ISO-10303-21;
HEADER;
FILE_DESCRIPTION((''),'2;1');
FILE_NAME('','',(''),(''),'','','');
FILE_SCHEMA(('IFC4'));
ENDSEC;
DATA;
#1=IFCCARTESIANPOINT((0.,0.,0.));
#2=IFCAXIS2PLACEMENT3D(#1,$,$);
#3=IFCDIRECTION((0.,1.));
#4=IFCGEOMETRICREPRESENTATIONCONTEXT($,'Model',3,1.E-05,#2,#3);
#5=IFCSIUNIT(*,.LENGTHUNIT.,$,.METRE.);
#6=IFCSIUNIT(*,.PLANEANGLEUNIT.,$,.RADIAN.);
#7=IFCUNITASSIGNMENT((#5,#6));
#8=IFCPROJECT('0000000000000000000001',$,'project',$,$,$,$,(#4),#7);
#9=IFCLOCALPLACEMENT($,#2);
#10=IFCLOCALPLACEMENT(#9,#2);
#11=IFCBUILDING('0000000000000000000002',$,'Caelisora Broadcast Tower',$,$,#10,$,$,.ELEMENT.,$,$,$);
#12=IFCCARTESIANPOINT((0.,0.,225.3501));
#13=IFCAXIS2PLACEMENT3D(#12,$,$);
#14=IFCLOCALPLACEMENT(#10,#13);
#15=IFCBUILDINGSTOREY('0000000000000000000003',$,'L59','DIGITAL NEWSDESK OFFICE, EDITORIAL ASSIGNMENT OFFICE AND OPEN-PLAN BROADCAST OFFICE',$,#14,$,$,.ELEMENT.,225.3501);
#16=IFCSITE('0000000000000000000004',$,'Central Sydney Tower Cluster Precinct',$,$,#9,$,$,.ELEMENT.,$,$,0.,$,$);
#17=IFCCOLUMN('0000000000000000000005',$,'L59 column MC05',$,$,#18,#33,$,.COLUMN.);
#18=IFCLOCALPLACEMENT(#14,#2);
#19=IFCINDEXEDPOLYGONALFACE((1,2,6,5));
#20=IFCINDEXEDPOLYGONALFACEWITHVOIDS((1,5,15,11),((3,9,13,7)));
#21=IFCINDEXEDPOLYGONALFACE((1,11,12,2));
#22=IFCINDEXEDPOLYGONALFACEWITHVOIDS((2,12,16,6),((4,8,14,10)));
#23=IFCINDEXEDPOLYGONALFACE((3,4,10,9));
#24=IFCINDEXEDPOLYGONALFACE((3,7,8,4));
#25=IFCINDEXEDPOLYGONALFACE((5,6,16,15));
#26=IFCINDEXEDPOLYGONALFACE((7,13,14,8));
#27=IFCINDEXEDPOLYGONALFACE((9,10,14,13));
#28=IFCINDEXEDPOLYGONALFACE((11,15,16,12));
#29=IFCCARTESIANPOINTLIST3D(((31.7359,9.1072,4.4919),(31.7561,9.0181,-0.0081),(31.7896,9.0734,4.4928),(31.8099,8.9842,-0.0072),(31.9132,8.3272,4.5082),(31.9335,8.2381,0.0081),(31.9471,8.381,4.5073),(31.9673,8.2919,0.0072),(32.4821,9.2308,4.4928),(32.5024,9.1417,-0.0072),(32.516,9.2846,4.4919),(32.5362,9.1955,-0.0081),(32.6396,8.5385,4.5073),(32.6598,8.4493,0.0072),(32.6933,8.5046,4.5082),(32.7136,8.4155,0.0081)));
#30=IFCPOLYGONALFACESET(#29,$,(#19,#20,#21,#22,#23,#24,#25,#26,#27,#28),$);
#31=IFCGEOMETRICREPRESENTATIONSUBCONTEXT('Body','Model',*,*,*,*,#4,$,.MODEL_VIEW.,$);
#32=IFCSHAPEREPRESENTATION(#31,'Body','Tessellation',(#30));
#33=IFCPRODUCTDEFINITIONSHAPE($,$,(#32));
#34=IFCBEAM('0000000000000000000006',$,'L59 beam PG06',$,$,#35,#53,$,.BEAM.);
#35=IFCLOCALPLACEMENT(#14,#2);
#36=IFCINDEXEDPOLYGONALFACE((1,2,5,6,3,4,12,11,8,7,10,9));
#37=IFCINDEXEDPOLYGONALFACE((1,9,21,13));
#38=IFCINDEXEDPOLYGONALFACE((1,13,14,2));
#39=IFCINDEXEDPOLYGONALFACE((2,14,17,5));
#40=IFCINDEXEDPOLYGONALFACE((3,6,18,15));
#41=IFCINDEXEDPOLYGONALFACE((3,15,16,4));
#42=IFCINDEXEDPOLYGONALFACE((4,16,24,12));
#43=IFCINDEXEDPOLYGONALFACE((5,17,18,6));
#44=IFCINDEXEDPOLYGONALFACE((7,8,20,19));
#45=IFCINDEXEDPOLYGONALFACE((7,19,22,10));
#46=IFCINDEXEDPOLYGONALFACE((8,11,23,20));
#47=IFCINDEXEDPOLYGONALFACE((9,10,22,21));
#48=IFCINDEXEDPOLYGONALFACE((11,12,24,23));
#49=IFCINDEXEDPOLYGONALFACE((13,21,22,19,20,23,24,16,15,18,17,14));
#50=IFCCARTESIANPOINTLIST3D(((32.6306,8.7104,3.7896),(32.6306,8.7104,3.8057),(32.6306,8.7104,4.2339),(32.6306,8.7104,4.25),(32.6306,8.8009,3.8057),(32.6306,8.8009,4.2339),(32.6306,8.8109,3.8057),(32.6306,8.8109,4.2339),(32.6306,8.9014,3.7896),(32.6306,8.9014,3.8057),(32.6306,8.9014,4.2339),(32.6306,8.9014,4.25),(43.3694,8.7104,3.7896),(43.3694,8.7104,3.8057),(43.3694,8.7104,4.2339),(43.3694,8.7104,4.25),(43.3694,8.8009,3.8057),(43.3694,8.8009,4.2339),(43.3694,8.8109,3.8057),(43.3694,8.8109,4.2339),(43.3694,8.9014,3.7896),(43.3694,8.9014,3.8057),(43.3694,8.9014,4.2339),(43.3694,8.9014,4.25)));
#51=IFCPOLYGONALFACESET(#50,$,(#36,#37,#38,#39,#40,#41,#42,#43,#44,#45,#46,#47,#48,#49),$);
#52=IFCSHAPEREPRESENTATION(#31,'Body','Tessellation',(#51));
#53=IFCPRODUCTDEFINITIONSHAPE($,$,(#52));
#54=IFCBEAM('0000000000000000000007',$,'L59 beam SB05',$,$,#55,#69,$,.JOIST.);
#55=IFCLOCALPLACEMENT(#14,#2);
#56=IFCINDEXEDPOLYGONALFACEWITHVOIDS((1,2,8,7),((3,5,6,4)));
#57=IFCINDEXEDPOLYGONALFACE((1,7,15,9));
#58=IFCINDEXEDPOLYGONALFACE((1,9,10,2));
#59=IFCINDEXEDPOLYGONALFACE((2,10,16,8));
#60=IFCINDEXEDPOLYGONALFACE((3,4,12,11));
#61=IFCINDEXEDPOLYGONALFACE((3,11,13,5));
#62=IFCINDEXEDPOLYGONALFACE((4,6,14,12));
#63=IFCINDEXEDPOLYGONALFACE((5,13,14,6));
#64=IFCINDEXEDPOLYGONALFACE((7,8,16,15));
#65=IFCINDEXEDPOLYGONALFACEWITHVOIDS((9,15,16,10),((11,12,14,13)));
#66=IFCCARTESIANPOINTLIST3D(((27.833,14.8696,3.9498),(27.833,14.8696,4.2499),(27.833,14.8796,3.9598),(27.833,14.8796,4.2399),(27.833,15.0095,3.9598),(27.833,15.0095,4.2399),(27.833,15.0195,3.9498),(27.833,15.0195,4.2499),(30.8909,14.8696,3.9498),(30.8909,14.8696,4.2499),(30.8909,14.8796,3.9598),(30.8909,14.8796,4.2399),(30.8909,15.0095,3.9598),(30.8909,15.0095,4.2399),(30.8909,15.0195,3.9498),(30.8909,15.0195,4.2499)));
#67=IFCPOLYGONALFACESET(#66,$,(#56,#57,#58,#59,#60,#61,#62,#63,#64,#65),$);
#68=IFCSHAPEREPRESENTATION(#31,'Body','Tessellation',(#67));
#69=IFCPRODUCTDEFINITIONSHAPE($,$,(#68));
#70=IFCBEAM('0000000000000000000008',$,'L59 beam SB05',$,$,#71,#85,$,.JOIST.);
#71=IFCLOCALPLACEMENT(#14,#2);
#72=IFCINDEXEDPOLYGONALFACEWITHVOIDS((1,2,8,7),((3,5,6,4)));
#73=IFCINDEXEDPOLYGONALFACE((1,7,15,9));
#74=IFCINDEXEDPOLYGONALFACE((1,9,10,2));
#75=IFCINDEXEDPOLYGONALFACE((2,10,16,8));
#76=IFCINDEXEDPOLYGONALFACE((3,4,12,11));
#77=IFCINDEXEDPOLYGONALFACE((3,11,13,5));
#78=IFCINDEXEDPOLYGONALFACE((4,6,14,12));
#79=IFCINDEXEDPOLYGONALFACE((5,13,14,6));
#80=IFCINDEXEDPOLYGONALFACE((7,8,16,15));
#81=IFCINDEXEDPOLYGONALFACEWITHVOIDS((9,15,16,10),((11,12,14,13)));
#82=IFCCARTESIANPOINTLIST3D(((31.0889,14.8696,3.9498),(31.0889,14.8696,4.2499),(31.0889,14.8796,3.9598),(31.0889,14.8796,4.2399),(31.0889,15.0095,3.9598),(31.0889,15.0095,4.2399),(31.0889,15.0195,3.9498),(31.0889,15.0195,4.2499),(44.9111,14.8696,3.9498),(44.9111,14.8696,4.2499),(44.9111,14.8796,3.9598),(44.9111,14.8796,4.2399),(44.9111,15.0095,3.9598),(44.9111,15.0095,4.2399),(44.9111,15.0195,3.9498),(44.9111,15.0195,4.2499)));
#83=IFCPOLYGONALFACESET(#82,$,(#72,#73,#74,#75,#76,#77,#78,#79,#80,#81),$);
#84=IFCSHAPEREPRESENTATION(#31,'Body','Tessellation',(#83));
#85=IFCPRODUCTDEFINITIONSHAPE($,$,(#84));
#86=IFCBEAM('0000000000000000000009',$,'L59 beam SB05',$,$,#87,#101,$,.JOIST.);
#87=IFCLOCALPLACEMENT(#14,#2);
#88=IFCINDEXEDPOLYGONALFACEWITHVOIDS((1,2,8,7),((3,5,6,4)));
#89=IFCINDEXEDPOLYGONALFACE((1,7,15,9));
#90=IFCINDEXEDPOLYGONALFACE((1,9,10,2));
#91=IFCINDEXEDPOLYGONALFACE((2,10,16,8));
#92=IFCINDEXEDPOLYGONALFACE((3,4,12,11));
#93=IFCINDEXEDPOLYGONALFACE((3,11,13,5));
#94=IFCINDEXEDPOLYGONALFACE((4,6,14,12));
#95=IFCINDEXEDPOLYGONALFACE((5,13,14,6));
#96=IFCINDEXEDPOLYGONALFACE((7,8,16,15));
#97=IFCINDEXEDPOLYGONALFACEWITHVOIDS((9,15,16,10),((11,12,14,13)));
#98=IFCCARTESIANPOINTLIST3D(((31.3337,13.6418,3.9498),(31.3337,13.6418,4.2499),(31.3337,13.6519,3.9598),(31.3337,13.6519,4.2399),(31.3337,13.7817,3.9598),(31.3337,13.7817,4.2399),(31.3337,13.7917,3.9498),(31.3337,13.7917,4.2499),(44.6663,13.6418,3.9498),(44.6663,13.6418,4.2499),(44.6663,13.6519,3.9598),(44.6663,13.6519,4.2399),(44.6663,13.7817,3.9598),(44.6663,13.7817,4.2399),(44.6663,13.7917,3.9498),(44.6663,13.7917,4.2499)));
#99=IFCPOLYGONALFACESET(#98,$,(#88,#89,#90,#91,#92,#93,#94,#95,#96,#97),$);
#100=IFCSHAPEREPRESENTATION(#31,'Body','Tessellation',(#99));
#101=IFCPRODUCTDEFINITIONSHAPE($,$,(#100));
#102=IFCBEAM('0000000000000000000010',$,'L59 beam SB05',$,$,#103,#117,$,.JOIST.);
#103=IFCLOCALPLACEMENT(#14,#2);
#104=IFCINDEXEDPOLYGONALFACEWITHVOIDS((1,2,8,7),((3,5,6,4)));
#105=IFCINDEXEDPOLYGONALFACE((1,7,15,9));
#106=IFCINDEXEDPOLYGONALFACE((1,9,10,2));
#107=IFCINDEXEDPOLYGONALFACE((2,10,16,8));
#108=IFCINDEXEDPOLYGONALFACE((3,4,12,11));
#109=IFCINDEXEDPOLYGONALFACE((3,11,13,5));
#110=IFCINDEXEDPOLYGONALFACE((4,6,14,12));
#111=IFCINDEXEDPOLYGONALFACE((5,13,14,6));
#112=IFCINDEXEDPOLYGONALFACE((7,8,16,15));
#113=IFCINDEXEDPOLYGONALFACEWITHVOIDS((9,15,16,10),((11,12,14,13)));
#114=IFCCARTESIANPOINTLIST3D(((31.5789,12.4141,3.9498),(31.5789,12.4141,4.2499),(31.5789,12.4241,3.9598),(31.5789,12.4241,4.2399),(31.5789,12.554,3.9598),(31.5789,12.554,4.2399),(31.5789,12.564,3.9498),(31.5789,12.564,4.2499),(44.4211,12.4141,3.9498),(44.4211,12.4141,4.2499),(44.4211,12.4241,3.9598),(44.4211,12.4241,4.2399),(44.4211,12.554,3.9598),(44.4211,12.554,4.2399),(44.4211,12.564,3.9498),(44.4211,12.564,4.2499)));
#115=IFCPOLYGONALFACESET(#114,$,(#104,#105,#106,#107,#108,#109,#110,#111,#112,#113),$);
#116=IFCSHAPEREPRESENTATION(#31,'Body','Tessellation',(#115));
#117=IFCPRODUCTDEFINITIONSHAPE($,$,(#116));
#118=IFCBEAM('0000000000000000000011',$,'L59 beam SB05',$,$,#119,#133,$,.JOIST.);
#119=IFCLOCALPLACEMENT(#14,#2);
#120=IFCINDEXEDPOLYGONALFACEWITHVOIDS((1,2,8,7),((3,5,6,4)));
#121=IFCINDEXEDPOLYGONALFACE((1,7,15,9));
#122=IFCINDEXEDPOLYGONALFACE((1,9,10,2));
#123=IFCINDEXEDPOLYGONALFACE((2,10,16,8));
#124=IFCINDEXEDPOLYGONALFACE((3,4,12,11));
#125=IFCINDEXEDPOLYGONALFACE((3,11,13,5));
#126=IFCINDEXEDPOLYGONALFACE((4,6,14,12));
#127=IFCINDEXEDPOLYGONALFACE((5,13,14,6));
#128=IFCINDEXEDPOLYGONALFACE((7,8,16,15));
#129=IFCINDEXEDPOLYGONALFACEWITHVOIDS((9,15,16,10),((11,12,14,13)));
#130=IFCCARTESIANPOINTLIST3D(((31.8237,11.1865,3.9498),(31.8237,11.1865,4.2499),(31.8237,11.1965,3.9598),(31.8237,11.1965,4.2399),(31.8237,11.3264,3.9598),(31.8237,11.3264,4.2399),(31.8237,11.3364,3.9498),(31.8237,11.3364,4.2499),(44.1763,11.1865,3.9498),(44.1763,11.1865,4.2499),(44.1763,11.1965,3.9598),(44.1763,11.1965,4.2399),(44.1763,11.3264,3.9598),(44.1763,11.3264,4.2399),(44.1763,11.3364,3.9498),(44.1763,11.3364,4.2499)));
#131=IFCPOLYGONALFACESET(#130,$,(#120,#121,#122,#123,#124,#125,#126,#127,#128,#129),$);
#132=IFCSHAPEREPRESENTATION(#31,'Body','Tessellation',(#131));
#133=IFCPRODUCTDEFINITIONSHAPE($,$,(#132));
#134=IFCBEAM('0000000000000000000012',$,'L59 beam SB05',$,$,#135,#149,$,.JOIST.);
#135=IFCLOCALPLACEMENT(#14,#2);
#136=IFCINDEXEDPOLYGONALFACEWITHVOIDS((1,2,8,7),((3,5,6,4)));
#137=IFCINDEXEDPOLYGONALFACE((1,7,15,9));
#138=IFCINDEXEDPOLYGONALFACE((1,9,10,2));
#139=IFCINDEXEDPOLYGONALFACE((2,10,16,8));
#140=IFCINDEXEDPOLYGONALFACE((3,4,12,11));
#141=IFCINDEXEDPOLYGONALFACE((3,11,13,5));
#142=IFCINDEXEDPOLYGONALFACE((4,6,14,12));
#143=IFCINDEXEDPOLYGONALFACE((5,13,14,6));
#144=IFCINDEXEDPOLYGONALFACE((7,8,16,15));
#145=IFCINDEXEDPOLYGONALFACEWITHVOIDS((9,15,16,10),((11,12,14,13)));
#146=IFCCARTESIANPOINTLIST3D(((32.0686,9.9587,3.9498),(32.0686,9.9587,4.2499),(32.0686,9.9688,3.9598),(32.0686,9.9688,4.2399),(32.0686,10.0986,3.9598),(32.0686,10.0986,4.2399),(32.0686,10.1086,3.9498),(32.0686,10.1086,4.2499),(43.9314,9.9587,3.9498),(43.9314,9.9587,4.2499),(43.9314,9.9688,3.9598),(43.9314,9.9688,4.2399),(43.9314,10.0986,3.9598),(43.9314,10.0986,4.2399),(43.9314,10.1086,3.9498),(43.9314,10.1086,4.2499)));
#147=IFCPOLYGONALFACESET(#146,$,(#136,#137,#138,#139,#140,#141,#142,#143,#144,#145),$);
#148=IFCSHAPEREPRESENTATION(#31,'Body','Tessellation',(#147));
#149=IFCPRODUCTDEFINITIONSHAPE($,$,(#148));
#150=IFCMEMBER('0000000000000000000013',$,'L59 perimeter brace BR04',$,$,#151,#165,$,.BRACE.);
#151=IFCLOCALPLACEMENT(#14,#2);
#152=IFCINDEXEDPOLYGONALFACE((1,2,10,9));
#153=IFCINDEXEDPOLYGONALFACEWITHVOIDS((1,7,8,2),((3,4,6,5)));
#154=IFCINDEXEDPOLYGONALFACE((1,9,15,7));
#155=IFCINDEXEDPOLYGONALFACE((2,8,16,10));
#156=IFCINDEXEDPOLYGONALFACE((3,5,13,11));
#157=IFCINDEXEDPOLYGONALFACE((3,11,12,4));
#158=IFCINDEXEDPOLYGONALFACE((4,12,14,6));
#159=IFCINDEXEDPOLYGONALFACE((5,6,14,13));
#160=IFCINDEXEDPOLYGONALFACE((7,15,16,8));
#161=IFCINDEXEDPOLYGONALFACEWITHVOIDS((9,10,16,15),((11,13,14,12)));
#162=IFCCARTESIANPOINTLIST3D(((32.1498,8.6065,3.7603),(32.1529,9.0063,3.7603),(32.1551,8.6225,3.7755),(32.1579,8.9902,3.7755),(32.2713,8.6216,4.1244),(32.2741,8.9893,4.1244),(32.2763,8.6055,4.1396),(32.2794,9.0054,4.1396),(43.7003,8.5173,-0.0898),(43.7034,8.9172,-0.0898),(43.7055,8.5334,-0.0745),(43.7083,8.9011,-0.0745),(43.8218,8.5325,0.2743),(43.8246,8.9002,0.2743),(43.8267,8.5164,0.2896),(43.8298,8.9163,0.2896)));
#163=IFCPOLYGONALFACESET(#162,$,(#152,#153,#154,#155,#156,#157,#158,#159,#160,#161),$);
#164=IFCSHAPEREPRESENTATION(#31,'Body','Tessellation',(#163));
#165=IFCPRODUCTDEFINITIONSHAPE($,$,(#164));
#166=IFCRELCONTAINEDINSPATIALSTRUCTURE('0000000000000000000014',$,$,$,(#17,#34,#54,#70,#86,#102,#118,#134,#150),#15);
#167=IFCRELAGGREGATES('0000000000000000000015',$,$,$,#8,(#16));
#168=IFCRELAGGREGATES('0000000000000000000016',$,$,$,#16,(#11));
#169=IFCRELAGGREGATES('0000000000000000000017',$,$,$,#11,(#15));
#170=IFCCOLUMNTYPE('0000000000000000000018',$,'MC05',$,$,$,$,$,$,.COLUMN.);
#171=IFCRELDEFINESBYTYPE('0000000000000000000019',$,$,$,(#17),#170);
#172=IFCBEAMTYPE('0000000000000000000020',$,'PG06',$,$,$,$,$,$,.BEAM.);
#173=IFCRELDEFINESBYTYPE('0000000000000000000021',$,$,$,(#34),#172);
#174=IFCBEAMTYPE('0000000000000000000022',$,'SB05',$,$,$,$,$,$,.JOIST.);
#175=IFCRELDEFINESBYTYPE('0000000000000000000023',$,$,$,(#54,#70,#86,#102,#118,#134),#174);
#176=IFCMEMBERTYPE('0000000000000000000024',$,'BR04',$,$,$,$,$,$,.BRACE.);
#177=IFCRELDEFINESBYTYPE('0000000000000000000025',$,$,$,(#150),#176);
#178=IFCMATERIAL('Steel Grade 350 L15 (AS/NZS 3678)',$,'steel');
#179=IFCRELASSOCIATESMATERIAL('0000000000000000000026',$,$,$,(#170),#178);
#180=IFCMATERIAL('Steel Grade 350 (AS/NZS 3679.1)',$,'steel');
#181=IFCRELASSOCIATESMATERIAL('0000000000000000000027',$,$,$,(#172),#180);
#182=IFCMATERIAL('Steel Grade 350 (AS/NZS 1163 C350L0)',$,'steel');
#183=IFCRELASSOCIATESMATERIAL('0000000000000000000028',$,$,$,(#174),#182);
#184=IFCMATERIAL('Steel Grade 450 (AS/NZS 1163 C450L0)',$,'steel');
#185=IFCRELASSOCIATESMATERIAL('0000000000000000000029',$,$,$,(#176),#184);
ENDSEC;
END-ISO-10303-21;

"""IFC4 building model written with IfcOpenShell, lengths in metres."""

from ifc_helpers import new_model, si_unit, direction, frame, origin, origin_2d, place, context, subcontext, project, spatial, hollow_rectangle, i_section, extrude, source, transform, mapped, material, material_profile, profile_set, type_object, type_shapes, element, save


model = new_model("IFC4")

# Units and contexts
model_context = context("Model", 3, precision=1e-05, world=origin(), true_north=direction((0.0, 1.0)))
body_context = subcontext(model_context, "Body", "Model", "MODEL_VIEW")
ifc_project = project(units=[si_unit("LENGTHUNIT", "METRE"), si_unit("PLANEANGLEUNIT", "RADIAN")], contexts=[model_context])

# Site, building, storey
site_placement = place(None, origin())
site = spatial("IfcSite", under=ifc_project, at=site_placement, Name="Central Sydney Tower Cluster Precinct", CompositionType="ELEMENT", RefElevation=0.0)
building_placement = place(site_placement, origin())
building = spatial("IfcBuilding", under=site, at=building_placement, Name="Caelisora Broadcast Tower", CompositionType="ELEMENT")
storey_placement = place(building_placement, frame((0.0, 0.0, 225.3501)))
storey = spatial("IfcBuildingStorey", under=building, at=storey_placement, Name="L59", Description="DIGITAL NEWSDESK OFFICE, EDITORIAL ASSIGNMENT OFFICE AND OPEN-PLAN BROADCAST OFFICE", CompositionType="ELEMENT", Elevation=225.3501)

# Column
ifc_material_1 = material(Name="Steel Grade 350 L15 (AS/NZS 3678)", Category="steel")
ifc_material_profile_1 = material_profile(ifc_material_1, hollow_rectangle(XDim=0.8, YDim=0.8, WallThickness=0.0449, at=origin_2d()), Name="Steel Grade 350 L15 (AS/NZS 3678)")
ifc_profile_set_1 = profile_set([ifc_material_profile_1], Name="Steel Grade 350 L15 (AS/NZS 3678)")
column_type = type_object("IfcColumnType", Name="MC05", PredefinedType="COLUMN", material=ifc_profile_set_1)
shared_shape_1 = source(origin(), body_context, "Body", "SweptSolid", [
    extrude(hollow_rectangle(XDim=0.8, YDim=0.8, WallThickness=0.0449, at=origin_2d()), origin(), (0.0, 0.0, 1.0), 4.501),
])
type_shapes(column_type, [shared_shape_1])
column_placement = place(storey_placement, frame((32.2349, 8.7168, 0.0), z_axis=(-0.004502, 0.019798, 0.999794), x_axis=(-0.975107, -0.221737, 0.0)))
element("IfcColumn", 1, at=column_placement, inside=storey, type_object=column_type, Name="L59 column MC05", PredefinedType="COLUMN", context=body_context, shape_type="MappedRepresentation", body=[
    mapped(shared_shape_1, transform((0.0, 0.0, 0.0), scale=1.0)),
])

# Beams
ifc_material_2 = material(Name="Steel Grade 350 (AS/NZS 3679.1)", Category="steel")
ifc_material_profile_2 = material_profile(ifc_material_2, i_section(OverallWidth=0.1909, OverallDepth=0.4604, WebThickness=0.01, FlangeThickness=0.0161, at=origin_2d()), Name="Steel Grade 350 (AS/NZS 3679.1)")
ifc_profile_set_2 = profile_set([ifc_material_profile_2], Name="Steel Grade 350 (AS/NZS 3679.1)")
beam_type_1 = type_object("IfcBeamType", Name="PG06", PredefinedType="BEAM", material=ifc_profile_set_2)
shared_shape_2 = source(origin(), body_context, "Body", "SweptSolid", [
    extrude(i_section(OverallWidth=0.1909, OverallDepth=0.4604, WebThickness=0.01, FlangeThickness=0.0161, at=origin_2d()), origin(), (0.0, 0.0, 1.0), 10.7388),
])
type_shapes(beam_type_1, [shared_shape_2])
beam_1_placement = place(storey_placement, frame((32.6306, 8.8059, 4.0198), z_axis=(1.0, 0.0, 0.0), x_axis=(0.0, 1.0, 0.0)))
element("IfcBeam", 2, at=beam_1_placement, inside=storey, type_object=beam_type_1, Name="L59 beam PG06", PredefinedType="BEAM", context=body_context, shape_type="MappedRepresentation", body=[
    mapped(shared_shape_2, transform((0.0, 0.0, 0.0), scale=1.0)),
])
ifc_material_3 = material(Name="Steel Grade 350 (AS/NZS 1163 C350L0)", Category="steel")
ifc_material_profile_3 = material_profile(ifc_material_3, hollow_rectangle(XDim=0.1499, YDim=0.3, WallThickness=0.01, at=origin_2d()), Name="Steel Grade 350 (AS/NZS 1163 C350L0)")
ifc_profile_set_3 = profile_set([ifc_material_profile_3], Name="Steel Grade 350 (AS/NZS 1163 C350L0)")
beam_type_2 = type_object("IfcBeamType", Name="SB05", PredefinedType="JOIST", material=ifc_profile_set_3)
shared_shape_3 = source(origin(), body_context, "Body", "SweptSolid", [
    extrude(hollow_rectangle(XDim=0.1499, YDim=0.3, WallThickness=0.01, at=origin_2d()), origin(), (0.0, 0.0, 1.0), 3.0579),
])
beam_2_placement = place(storey_placement, frame((27.833, 14.9446, 4.0999), z_axis=(1.0, 0.0, 0.0), x_axis=(0.0, 1.0, 0.0)))
element("IfcBeam", 3, at=beam_2_placement, inside=storey, type_object=beam_type_2, Name="L59 beam SB05", PredefinedType="JOIST", context=body_context, shape_type="MappedRepresentation", body=[
    mapped(shared_shape_3, transform((0.0, 0.0, 0.0), scale=1.0)),
])
shared_shape_4 = source(origin(), body_context, "Body", "SweptSolid", [
    extrude(hollow_rectangle(XDim=0.1499, YDim=0.3, WallThickness=0.01, at=origin_2d()), origin(), (0.0, 0.0, 1.0), 13.8223),
])
beam_3_placement = place(storey_placement, frame((31.0889, 14.9446, 4.0999), z_axis=(1.0, 0.0, 0.0), x_axis=(0.0, 1.0, 0.0)))
element("IfcBeam", 4, at=beam_3_placement, inside=storey, type_object=beam_type_2, Name="L59 beam SB05", PredefinedType="JOIST", context=body_context, shape_type="MappedRepresentation", body=[
    mapped(shared_shape_4, transform((0.0, 0.0, 0.0), scale=1.0)),
])
shared_shape_5 = source(origin(), body_context, "Body", "SweptSolid", [
    extrude(hollow_rectangle(XDim=0.1499, YDim=0.3, WallThickness=0.01, at=origin_2d()), origin(), (0.0, 0.0, 1.0), 13.3325),
])
beam_4_placement = place(storey_placement, frame((31.3337, 13.7168, 4.0999), z_axis=(1.0, 0.0, 0.0), x_axis=(0.0, 1.0, 0.0)))
element("IfcBeam", 5, at=beam_4_placement, inside=storey, type_object=beam_type_2, Name="L59 beam SB05", PredefinedType="JOIST", context=body_context, shape_type="MappedRepresentation", body=[
    mapped(shared_shape_5, transform((0.0, 0.0, 0.0), scale=1.0)),
])
shared_shape_6 = source(origin(), body_context, "Body", "SweptSolid", [
    extrude(hollow_rectangle(XDim=0.1499, YDim=0.3, WallThickness=0.01, at=origin_2d()), origin(), (0.0, 0.0, 1.0), 12.8423),
])
beam_5_placement = place(storey_placement, frame((31.5789, 12.489, 4.0999), z_axis=(1.0, 0.0, 0.0), x_axis=(0.0, 1.0, 0.0)))
element("IfcBeam", 6, at=beam_5_placement, inside=storey, type_object=beam_type_2, Name="L59 beam SB05", PredefinedType="JOIST", context=body_context, shape_type="MappedRepresentation", body=[
    mapped(shared_shape_6, transform((0.0, 0.0, 0.0), scale=1.0)),
])
shared_shape_7 = source(origin(), body_context, "Body", "SweptSolid", [
    extrude(hollow_rectangle(XDim=0.1499, YDim=0.3, WallThickness=0.01, at=origin_2d()), origin(), (0.0, 0.0, 1.0), 12.3525),
])
beam_6_placement = place(storey_placement, frame((31.8237, 11.2615, 4.0999), z_axis=(1.0, 0.0, 0.0), x_axis=(0.0, 1.0, 0.0)))
element("IfcBeam", 7, at=beam_6_placement, inside=storey, type_object=beam_type_2, Name="L59 beam SB05", PredefinedType="JOIST", context=body_context, shape_type="MappedRepresentation", body=[
    mapped(shared_shape_7, transform((0.0, 0.0, 0.0), scale=1.0)),
])
shared_shape_8 = source(origin(), body_context, "Body", "SweptSolid", [
    extrude(hollow_rectangle(XDim=0.1499, YDim=0.3, WallThickness=0.01, at=origin_2d()), origin(), (0.0, 0.0, 1.0), 11.8628),
])
type_shapes(beam_type_2, [shared_shape_3, shared_shape_4, shared_shape_5, shared_shape_6, shared_shape_7, shared_shape_8])
beam_7_placement = place(storey_placement, frame((32.0686, 10.0337, 4.0999), z_axis=(1.0, 0.0, 0.0), x_axis=(0.0, 1.0, 0.0)))
element("IfcBeam", 8, at=beam_7_placement, inside=storey, type_object=beam_type_2, Name="L59 beam SB05", PredefinedType="JOIST", context=body_context, shape_type="MappedRepresentation", body=[
    mapped(shared_shape_8, transform((0.0, 0.0, 0.0), scale=1.0)),
])

# Member
ifc_material_4 = material(Name="Steel Grade 450 (AS/NZS 1163 C450L0)", Category="steel")
ifc_material_profile_4 = material_profile(ifc_material_4, hollow_rectangle(XDim=0.3999, YDim=0.3999, WallThickness=0.0161, at=origin_2d()), Name="Steel Grade 450 (AS/NZS 1163 C450L0)")
ifc_profile_set_4 = profile_set([ifc_material_profile_4], Name="Steel Grade 450 (AS/NZS 1163 C450L0)")
member_type_1 = type_object("IfcMemberType", Name="BR04", PredefinedType="BRACE", material=ifc_profile_set_4)
shared_shape_9 = source(origin(), body_context, "Body", "SweptSolid", [
    extrude(hollow_rectangle(XDim=0.3999, YDim=0.3999, WallThickness=0.0161, at=origin_2d()), origin(), (0.0, 0.0, 1.0), 12.1755),
])
type_shapes(member_type_1, [shared_shape_9])
member_1_placement = place(storey_placement, frame((32.2146, 8.8059, 3.95), z_axis=(0.94866, -0.007319, -0.316213), x_axis=(0.007715, 0.99997, 0.0)))
element("IfcMember", 9, at=member_1_placement, inside=storey, type_object=member_type_1, Name="L59 perimeter brace BR04", PredefinedType="BRACE", context=body_context, shape_type="MappedRepresentation", body=[
    mapped(shared_shape_9, transform((0.0, 0.0, 0.0), scale=1.0)),
])

save(model, "model.ifc")
